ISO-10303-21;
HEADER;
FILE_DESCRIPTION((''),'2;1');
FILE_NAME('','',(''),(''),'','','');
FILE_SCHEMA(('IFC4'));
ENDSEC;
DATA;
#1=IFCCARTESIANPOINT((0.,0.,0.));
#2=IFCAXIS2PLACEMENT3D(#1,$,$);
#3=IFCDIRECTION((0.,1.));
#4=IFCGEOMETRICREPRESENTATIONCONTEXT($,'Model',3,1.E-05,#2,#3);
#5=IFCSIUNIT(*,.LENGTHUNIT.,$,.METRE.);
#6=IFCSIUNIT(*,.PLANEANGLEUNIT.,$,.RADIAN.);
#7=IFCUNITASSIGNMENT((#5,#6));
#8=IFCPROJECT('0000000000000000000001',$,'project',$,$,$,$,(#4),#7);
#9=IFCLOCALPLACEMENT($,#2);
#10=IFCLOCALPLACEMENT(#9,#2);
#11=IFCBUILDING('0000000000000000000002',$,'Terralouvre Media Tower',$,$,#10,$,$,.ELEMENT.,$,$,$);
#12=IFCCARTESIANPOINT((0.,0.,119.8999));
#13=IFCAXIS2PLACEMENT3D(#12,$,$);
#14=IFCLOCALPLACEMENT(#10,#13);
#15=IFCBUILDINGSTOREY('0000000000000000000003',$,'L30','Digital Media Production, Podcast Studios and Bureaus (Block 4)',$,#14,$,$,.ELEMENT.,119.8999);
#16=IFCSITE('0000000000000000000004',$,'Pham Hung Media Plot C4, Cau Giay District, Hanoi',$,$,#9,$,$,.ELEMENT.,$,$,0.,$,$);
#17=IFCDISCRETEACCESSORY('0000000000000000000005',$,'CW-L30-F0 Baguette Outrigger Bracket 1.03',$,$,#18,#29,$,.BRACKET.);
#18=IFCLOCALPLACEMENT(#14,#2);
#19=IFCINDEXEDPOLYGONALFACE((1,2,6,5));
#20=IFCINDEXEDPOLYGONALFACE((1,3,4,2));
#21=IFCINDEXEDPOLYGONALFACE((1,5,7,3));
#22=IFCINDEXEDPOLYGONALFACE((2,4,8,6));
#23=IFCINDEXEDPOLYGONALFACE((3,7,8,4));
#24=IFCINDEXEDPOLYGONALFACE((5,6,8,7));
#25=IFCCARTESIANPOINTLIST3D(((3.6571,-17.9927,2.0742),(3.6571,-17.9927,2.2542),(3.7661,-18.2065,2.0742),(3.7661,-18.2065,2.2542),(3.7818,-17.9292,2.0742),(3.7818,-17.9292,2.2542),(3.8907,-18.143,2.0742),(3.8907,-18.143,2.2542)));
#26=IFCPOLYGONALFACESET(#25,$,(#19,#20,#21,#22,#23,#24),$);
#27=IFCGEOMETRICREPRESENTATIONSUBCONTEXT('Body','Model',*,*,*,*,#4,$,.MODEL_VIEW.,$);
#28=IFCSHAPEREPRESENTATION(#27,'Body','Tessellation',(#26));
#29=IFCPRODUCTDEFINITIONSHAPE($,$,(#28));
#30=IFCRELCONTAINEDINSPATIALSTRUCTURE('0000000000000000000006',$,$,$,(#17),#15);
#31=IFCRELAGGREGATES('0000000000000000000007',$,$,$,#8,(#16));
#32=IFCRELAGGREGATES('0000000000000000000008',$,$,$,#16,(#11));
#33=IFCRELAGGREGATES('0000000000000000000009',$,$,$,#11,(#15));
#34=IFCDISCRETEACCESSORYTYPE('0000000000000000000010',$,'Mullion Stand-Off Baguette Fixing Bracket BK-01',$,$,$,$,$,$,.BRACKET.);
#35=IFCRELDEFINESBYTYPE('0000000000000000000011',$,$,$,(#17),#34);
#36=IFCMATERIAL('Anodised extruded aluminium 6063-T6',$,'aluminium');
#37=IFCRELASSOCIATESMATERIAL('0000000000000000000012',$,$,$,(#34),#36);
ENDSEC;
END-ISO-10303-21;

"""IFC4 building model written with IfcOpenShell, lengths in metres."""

from ifc_helpers import new_model, si_unit, direction, frame, origin, origin_2d, place, context, subcontext, project, spatial, rectangle, extrude, material, type_object, element, save


model = new_model("IFC4")

# Units and contexts
model_context = context("Model", 3, precision=1e-05, world=origin(), true_north=direction((0.0, 1.0)))
body_context = subcontext(model_context, "Body", "Model", "MODEL_VIEW")
ifc_project = project(units=[si_unit("LENGTHUNIT", "METRE"), si_unit("PLANEANGLEUNIT", "RADIAN")], contexts=[model_context])

# Site, building, storey
site_placement = place(None, origin())
site = spatial("IfcSite", under=ifc_project, at=site_placement, Name="Pham Hung Media Plot C4, Cau Giay District, Hanoi", CompositionType="ELEMENT", RefElevation=0.0)
building_placement = place(site_placement, origin())
building = spatial("IfcBuilding", under=site, at=building_placement, Name="Terralouvre Media Tower", CompositionType="ELEMENT")
storey_placement = place(building_placement, frame((0.0, 0.0, 119.8999)))
storey = spatial("IfcBuildingStorey", under=building, at=storey_placement, Name="L30", Description="Digital Media Production, Podcast Studios and Bureaus (Block 4)", CompositionType="ELEMENT", Elevation=119.8999)

# Discrete accessory
ifc_material_1 = material(Name="Anodised extruded aluminium 6063-T6", Category="aluminium")
discrete_accessory_type = type_object("IfcDiscreteAccessoryType", Name="Mullion Stand-Off Baguette Fixing Bracket BK-01", PredefinedType="BRACKET", material=ifc_material_1)
discrete_accessory_placement = place(storey_placement, frame((3.7739, -18.0679, 2.0742), z_axis=(0.0, 0.0, 1.0), x_axis=(0.891007, 0.453991, 0.0)))
element("IfcDiscreteAccessory", 1, at=discrete_accessory_placement, inside=storey, type_object=discrete_accessory_type, Name="CW-L30-F0 Baguette Outrigger Bracket 1.03", PredefinedType="BRACKET", context=body_context, shape_type="SweptSolid", body=[
    extrude(rectangle(XDim=0.1399, YDim=0.24, at=origin_2d()), origin(), (0.0, 0.0, 1.0), 0.1799),
])

save(model, "model.ifc")
